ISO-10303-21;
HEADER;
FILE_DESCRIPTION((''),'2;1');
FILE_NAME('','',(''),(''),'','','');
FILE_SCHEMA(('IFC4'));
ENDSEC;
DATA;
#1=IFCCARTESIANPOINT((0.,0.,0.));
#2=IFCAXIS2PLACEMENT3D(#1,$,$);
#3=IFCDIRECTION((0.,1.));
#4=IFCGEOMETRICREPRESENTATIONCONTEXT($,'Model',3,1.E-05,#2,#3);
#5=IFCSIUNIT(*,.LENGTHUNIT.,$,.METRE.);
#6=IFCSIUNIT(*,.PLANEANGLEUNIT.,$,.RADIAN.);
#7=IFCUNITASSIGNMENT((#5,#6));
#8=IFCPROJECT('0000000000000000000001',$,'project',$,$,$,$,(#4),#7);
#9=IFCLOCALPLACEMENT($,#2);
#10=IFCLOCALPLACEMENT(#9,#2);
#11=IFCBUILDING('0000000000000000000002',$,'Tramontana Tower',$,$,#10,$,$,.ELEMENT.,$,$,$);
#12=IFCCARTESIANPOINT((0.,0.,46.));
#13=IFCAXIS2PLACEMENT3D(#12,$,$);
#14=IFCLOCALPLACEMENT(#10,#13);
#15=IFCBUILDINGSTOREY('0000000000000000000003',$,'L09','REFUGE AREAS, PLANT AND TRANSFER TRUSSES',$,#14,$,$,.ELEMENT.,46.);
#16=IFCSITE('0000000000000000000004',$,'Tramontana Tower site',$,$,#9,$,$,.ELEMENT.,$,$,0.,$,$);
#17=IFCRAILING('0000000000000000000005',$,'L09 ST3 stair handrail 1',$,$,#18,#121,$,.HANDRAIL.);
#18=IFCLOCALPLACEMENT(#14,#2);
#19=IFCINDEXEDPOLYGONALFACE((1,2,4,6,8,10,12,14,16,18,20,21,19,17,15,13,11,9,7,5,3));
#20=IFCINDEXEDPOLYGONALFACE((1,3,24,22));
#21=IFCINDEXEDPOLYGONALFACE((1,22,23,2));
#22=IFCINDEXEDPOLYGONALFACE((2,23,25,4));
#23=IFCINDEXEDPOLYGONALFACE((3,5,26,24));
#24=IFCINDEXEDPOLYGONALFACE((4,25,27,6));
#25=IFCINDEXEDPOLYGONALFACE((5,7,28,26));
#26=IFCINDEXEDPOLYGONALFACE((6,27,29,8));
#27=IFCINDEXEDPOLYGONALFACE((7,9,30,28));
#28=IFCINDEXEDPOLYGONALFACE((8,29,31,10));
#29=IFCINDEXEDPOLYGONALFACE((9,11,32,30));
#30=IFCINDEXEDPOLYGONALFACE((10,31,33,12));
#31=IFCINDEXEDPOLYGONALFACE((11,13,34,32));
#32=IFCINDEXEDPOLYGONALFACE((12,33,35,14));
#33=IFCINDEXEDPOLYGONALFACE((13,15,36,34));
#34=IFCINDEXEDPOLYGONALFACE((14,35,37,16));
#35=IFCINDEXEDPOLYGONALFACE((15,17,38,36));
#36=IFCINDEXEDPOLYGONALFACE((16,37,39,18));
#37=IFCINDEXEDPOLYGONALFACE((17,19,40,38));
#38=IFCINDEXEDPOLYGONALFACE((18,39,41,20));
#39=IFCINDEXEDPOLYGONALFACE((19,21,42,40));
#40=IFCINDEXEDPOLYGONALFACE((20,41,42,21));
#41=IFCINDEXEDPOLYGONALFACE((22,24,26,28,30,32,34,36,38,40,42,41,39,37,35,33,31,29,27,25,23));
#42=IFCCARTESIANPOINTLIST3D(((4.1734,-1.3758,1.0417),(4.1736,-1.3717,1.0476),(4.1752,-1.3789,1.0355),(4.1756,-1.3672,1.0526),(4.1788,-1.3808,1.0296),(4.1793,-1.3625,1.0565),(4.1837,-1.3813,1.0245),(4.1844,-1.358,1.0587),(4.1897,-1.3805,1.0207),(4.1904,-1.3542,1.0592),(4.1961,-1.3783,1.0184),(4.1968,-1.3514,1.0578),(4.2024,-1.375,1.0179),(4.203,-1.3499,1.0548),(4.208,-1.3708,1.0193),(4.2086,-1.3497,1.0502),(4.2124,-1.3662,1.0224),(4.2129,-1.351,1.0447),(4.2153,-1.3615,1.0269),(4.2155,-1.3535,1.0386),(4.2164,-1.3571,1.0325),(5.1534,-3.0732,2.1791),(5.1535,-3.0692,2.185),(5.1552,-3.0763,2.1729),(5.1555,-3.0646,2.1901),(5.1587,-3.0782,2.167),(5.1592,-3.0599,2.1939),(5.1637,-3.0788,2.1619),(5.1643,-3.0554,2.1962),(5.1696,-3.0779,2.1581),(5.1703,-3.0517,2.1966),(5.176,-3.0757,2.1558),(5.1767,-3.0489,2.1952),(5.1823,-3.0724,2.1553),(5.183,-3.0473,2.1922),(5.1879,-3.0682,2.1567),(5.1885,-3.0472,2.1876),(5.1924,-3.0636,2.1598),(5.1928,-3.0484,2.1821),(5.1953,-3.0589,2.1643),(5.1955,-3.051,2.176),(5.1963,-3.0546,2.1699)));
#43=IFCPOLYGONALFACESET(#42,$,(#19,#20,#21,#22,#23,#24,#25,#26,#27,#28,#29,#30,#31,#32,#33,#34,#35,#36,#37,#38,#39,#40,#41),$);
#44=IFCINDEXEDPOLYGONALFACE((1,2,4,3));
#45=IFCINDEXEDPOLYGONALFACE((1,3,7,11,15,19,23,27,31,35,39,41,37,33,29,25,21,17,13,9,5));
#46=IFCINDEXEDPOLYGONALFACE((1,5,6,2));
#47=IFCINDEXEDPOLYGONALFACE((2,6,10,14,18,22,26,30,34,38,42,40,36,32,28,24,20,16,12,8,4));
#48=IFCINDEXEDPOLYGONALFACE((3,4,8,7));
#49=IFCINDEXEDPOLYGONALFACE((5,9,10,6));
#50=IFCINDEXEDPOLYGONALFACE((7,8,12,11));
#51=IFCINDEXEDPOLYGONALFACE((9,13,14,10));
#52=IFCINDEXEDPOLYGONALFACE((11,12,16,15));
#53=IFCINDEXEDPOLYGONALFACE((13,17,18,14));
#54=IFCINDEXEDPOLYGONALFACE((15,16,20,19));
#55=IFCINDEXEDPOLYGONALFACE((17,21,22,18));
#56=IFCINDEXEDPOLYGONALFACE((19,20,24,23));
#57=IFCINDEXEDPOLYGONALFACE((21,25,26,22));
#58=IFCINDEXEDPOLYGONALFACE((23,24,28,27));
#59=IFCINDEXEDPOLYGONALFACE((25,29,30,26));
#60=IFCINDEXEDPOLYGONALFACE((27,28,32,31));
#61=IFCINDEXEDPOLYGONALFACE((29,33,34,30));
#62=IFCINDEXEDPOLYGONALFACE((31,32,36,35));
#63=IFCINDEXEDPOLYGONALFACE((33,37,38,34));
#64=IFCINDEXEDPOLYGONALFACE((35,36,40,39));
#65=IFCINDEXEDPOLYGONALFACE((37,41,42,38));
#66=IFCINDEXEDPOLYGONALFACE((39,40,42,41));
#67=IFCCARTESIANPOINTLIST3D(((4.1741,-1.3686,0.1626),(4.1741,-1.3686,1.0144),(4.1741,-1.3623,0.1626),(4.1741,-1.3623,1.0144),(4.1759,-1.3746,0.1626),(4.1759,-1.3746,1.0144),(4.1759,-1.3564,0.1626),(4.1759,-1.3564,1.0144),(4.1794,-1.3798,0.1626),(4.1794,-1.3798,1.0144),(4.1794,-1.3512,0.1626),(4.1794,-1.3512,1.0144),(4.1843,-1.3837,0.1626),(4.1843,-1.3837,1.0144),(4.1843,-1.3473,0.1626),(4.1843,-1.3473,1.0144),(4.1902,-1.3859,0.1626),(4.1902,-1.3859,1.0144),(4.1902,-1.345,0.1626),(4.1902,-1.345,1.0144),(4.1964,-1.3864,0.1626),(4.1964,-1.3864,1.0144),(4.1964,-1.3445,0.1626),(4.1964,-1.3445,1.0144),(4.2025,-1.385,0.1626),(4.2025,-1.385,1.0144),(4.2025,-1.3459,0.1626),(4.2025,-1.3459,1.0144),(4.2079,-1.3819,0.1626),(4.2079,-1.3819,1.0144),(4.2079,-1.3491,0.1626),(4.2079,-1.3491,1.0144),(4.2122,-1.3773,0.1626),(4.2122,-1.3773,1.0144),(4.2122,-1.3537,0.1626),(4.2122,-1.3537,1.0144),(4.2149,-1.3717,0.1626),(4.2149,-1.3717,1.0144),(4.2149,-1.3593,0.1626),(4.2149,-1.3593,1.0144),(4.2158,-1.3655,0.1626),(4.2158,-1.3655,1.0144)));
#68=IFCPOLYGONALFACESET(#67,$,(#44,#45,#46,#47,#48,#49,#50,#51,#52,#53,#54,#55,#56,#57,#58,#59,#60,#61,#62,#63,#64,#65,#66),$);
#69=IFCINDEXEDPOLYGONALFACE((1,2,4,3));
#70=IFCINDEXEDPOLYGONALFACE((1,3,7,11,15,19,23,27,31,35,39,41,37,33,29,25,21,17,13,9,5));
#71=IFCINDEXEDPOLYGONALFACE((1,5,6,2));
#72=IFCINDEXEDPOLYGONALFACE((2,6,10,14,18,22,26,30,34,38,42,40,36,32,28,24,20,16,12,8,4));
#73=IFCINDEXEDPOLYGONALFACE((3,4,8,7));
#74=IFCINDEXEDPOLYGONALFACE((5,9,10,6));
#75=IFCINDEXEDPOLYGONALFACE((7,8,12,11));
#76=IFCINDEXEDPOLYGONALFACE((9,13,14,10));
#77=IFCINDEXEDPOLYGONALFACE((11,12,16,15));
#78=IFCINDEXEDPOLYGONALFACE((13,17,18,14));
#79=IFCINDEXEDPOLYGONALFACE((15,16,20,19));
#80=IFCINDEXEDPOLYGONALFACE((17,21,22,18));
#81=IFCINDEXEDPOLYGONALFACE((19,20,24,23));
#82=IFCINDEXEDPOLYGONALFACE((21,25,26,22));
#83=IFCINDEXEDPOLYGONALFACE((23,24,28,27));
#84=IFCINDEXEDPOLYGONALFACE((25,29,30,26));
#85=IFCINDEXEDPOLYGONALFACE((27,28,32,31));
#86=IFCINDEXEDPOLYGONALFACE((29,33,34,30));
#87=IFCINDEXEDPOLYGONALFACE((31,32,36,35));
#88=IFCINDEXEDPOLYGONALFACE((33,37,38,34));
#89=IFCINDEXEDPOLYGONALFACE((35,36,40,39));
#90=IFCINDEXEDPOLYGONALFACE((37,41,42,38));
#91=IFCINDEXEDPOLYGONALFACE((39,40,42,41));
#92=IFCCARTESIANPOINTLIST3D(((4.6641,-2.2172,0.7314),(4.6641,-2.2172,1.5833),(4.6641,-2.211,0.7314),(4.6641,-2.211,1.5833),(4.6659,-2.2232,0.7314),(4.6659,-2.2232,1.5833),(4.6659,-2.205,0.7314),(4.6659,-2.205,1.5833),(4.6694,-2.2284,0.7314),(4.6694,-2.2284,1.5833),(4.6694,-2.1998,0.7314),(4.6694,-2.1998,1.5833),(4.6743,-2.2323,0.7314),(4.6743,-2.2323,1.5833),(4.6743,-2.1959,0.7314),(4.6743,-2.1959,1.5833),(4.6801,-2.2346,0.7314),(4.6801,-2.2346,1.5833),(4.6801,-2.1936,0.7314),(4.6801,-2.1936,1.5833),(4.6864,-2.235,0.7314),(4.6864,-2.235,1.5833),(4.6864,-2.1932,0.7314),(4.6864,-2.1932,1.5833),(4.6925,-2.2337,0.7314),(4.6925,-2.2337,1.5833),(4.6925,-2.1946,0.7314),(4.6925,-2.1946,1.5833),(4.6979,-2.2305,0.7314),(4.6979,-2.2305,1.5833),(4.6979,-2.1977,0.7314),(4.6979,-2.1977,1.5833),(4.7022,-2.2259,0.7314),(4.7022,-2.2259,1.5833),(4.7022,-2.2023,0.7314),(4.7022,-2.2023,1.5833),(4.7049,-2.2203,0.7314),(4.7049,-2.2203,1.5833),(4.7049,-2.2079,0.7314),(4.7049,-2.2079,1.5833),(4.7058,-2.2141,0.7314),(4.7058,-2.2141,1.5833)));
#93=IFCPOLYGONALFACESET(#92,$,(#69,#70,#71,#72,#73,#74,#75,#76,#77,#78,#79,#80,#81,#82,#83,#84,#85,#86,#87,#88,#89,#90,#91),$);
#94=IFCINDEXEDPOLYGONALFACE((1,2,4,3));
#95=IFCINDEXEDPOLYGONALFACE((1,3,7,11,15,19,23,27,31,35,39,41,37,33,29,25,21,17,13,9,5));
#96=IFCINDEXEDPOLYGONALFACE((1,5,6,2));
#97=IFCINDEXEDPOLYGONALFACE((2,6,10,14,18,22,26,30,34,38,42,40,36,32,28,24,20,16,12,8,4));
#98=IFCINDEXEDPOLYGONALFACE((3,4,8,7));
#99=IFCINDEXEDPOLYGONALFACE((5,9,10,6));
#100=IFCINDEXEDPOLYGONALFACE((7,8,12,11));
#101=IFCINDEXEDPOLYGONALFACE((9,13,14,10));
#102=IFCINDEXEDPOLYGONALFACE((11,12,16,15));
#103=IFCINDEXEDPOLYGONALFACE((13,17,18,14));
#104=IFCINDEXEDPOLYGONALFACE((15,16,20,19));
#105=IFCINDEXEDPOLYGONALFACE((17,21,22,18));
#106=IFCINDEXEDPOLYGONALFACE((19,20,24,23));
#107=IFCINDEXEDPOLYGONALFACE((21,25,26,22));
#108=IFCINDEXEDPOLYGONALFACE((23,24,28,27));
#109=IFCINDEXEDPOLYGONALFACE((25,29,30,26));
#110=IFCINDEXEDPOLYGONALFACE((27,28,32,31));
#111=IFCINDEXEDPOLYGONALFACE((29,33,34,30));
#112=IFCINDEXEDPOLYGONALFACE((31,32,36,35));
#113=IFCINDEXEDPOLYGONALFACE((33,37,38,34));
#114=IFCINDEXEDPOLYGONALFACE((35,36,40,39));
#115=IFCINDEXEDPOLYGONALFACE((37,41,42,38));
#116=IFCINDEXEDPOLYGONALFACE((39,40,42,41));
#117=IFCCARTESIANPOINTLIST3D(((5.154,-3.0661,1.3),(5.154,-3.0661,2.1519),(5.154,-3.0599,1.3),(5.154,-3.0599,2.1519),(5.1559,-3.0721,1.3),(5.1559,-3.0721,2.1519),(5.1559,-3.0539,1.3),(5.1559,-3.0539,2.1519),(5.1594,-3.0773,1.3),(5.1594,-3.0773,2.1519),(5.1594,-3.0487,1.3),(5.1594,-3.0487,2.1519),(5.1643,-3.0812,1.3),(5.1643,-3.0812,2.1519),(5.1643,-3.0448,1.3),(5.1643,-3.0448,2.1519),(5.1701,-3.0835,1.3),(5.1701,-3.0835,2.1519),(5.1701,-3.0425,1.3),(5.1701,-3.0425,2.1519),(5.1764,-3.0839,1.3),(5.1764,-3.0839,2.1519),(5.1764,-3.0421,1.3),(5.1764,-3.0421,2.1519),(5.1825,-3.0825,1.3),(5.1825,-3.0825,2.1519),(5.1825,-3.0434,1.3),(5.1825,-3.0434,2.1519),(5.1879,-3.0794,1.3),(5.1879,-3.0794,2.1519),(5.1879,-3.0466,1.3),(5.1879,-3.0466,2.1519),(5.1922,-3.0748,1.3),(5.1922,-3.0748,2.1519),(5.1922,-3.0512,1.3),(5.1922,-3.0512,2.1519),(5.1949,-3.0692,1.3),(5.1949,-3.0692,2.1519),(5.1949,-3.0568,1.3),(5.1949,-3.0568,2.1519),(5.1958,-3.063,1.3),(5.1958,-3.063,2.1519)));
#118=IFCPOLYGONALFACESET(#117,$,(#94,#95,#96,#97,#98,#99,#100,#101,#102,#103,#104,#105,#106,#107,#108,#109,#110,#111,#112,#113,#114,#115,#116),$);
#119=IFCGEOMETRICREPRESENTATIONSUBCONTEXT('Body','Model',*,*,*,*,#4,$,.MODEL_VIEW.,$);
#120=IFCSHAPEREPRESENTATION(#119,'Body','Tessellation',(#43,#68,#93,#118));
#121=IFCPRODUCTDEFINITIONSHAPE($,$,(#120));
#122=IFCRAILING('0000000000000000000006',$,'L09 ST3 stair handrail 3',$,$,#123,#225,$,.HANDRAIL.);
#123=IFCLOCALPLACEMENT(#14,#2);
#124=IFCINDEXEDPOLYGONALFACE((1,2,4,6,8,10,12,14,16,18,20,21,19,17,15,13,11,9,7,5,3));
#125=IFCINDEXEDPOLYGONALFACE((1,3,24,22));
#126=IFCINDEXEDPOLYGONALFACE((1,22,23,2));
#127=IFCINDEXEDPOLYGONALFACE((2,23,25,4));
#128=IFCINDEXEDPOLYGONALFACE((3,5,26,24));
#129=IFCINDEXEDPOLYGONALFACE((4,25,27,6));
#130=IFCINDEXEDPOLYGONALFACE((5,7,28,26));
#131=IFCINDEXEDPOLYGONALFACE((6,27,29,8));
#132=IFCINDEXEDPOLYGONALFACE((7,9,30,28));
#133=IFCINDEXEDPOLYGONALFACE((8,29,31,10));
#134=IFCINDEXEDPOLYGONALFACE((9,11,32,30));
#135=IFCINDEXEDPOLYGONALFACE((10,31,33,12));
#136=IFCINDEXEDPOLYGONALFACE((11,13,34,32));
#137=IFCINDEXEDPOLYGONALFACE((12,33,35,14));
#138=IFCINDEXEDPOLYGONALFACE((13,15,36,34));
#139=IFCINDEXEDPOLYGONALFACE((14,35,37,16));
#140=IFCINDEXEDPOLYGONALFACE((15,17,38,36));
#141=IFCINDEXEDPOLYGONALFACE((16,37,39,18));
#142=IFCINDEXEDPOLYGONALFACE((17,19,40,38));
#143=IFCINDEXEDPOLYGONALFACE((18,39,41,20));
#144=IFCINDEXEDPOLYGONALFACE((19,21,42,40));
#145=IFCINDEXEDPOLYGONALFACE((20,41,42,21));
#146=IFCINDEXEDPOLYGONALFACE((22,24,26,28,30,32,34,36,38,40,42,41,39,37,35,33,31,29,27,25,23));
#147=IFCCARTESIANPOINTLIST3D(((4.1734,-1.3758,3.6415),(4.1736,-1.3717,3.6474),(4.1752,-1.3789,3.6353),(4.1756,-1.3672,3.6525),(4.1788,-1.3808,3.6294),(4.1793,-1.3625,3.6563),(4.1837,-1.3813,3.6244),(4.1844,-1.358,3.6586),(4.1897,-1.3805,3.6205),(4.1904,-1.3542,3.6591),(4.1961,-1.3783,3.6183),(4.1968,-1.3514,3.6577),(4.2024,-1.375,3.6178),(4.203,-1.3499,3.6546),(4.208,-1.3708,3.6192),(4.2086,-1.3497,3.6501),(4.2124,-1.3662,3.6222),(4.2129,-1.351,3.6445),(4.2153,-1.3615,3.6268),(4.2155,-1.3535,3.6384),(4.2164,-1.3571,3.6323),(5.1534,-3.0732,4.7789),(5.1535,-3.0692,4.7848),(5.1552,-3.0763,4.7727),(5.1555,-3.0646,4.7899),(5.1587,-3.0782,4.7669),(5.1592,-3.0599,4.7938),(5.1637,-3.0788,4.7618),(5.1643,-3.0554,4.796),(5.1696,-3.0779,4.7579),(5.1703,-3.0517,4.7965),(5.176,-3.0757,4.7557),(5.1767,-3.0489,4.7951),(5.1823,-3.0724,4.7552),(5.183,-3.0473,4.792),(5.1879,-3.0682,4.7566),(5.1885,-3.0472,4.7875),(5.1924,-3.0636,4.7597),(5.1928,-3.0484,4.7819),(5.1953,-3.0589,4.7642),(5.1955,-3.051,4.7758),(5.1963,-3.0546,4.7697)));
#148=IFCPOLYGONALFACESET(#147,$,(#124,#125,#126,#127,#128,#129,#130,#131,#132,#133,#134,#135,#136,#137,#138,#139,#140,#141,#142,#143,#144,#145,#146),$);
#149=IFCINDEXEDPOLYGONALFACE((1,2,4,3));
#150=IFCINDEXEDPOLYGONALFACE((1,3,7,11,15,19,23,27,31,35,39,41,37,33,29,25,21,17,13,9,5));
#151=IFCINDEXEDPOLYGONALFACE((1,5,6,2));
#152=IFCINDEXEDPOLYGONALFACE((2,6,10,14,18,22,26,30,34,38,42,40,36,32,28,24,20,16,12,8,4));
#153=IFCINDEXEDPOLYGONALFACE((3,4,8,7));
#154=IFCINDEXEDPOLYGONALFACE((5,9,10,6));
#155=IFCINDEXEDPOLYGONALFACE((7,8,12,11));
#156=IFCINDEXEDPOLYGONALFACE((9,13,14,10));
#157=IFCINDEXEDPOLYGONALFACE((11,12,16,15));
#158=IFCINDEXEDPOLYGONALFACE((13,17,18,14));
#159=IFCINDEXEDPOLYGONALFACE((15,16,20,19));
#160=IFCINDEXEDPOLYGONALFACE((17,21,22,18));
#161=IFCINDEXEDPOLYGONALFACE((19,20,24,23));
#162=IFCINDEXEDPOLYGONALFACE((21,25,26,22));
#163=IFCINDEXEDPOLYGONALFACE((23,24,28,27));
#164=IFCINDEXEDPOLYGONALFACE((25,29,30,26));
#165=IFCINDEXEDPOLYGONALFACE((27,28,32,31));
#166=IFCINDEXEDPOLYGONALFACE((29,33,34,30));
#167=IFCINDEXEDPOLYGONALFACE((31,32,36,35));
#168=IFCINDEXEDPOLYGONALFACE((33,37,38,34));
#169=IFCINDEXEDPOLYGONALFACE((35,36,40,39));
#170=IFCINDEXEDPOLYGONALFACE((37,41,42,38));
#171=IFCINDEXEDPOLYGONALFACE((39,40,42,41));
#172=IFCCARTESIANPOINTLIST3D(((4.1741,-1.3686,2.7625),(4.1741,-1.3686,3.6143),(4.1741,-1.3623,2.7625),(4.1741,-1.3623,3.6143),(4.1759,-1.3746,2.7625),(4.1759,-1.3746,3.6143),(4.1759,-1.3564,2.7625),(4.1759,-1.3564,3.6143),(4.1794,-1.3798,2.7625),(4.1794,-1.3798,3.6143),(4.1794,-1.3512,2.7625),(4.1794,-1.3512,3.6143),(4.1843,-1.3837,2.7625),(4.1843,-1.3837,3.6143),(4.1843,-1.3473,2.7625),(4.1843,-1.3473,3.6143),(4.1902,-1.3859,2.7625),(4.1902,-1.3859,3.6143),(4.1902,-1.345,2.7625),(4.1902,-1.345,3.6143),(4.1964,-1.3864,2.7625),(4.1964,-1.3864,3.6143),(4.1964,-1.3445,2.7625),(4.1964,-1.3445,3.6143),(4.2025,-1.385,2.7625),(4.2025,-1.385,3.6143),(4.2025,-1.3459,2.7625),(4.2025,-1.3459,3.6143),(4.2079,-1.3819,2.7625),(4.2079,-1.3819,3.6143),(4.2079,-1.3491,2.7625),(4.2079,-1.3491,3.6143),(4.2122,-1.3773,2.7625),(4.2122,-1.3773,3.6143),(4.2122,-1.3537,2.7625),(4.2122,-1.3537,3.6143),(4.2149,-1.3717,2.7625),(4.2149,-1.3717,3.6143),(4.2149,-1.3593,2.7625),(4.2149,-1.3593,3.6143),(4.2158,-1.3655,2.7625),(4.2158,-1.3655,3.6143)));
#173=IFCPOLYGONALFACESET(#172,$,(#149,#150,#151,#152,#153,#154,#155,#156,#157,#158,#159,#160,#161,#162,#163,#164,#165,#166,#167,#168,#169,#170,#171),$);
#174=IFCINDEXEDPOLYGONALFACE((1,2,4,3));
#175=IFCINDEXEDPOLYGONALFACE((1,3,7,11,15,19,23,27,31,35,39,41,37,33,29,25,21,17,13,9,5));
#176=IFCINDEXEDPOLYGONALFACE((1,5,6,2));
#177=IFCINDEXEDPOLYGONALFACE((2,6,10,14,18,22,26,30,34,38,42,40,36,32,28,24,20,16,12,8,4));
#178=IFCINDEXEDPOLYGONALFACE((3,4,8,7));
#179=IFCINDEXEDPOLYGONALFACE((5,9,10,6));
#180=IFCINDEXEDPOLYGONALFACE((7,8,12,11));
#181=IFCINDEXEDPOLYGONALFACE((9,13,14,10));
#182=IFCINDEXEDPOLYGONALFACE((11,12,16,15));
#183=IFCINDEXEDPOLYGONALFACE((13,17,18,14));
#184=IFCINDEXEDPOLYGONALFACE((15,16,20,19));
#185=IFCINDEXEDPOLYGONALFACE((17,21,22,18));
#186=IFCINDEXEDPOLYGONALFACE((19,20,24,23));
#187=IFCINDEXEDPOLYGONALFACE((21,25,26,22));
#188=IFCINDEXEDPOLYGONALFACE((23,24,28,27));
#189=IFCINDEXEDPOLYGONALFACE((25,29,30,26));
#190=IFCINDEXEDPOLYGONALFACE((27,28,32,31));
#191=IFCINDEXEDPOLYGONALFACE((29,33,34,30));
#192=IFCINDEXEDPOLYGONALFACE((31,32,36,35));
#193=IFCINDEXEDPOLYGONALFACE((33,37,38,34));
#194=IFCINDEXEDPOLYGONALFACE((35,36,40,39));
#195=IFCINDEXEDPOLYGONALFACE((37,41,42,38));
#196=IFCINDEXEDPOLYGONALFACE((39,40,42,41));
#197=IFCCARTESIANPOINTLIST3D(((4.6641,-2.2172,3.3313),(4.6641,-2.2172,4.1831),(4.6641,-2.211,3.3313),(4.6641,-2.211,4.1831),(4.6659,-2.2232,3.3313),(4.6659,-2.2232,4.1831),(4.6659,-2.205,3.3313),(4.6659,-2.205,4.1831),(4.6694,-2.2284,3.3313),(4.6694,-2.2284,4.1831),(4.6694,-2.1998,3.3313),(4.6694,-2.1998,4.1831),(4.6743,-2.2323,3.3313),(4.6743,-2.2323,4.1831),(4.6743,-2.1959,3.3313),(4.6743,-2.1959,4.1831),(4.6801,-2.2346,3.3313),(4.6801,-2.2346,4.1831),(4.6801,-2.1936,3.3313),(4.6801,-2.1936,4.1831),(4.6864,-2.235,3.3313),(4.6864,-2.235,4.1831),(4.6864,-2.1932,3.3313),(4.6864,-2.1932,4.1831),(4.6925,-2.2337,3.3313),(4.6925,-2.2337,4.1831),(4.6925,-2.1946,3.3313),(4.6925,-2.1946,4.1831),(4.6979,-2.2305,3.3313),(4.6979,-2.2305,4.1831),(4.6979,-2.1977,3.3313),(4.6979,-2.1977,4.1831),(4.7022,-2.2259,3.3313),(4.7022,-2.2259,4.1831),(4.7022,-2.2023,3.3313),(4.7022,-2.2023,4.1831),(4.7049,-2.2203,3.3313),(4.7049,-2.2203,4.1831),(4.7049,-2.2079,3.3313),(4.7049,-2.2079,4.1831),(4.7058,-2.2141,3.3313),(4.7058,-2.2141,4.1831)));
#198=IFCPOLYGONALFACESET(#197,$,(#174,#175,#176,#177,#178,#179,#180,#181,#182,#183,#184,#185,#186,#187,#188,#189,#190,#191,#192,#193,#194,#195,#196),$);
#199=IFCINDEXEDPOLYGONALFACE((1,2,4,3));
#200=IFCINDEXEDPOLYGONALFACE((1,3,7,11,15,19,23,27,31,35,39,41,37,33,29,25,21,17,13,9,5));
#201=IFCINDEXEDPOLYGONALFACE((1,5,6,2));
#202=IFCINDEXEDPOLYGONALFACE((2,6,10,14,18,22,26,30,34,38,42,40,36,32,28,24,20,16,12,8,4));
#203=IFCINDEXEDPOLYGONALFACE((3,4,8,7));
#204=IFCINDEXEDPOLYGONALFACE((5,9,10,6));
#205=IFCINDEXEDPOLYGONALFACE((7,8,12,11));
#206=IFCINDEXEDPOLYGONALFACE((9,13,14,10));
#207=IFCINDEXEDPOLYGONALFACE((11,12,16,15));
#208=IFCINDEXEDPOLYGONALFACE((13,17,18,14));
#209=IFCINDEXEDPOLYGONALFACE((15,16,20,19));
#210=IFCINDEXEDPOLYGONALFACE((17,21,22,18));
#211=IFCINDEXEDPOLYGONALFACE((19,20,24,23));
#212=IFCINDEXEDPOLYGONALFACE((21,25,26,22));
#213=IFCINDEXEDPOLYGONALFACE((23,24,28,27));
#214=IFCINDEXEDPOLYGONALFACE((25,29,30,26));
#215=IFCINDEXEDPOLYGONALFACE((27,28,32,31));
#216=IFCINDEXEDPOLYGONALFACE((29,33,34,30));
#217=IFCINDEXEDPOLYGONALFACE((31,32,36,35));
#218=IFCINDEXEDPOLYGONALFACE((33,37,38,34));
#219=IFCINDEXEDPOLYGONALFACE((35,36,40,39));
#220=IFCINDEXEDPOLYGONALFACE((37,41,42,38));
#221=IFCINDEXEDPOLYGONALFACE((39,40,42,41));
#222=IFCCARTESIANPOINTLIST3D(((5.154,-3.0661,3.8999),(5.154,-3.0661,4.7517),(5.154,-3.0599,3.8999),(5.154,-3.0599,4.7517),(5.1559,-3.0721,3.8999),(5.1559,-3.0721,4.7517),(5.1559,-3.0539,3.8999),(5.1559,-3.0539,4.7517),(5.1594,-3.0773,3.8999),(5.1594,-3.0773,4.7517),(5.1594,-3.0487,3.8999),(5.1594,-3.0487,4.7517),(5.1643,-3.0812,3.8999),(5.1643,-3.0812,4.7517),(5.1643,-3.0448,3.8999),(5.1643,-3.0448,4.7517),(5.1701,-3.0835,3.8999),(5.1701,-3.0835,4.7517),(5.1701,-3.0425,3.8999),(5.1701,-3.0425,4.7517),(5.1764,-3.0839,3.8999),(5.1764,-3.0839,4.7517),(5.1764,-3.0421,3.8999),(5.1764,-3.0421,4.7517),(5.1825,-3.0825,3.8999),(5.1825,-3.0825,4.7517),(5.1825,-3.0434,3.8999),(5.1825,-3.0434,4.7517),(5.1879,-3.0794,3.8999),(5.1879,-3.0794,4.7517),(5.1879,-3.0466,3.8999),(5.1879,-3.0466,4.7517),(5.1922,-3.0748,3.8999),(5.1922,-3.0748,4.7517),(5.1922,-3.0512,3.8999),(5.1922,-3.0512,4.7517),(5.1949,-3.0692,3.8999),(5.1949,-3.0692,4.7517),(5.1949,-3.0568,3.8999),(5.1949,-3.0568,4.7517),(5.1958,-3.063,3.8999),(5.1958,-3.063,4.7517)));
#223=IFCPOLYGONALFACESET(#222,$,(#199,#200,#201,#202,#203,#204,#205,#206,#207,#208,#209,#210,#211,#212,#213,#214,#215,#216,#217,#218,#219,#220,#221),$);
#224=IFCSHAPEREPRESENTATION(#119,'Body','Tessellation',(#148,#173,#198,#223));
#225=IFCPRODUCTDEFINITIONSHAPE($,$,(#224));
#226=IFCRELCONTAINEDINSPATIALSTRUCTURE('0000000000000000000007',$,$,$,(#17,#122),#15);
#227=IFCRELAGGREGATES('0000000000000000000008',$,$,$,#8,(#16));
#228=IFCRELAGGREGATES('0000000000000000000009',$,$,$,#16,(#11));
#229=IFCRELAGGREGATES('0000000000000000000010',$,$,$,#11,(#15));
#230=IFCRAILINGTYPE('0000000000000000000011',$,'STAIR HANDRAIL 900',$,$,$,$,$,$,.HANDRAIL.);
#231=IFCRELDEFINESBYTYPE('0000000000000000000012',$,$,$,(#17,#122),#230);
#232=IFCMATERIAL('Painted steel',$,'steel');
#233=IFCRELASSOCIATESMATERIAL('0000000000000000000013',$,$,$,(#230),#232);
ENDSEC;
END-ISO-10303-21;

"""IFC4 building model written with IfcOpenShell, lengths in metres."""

from ifc_helpers import new_model, si_unit, direction, frame, origin, origin_2d, place, context, subcontext, project, spatial, circle, extrude, material, type_object, element, save


model = new_model("IFC4")

# Units and contexts
model_context = context("Model", 3, precision=1e-05, world=origin(), true_north=direction((0.0, 1.0)))
body_context = subcontext(model_context, "Body", "Model", "MODEL_VIEW")
ifc_project = project(units=[si_unit("LENGTHUNIT", "METRE"), si_unit("PLANEANGLEUNIT", "RADIAN")], contexts=[model_context])

# Site, building, storey
site_placement = place(None, origin())
site = spatial("IfcSite", under=ifc_project, at=site_placement, Name="Tramontana Tower site", CompositionType="ELEMENT", RefElevation=0.0)
building_placement = place(site_placement, origin())
building = spatial("IfcBuilding", under=site, at=building_placement, Name="Tramontana Tower", CompositionType="ELEMENT")
storey_placement = place(building_placement, frame((0.0, 0.0, 46.0)))
storey = spatial("IfcBuildingStorey", under=building, at=storey_placement, Name="L09", Description="REFUGE AREAS, PLANT AND TRANSFER TRUSSES", CompositionType="ELEMENT", Elevation=46.0)

# Railings
ifc_material_1 = material(Name="Painted steel", Category="steel")
railing_type = type_object("IfcRailingType", Name="STAIR HANDRAIL 900", PredefinedType="HANDRAIL", material=ifc_material_1)
for number, where, name in (
    (1, (4.1948, -1.3655, 0.1626), "L09 ST3 stair handrail 1"),
    (2, (4.1948, -1.3655, 2.7625), "L09 ST3 stair handrail 3"),
):
    element("IfcRailing", number, at=place(storey_placement, frame(where)), inside=storey, type_object=railing_type, Name=name, PredefinedType="HANDRAIL", context=body_context, shape_type="SweptSolid", body=[
        extrude(circle(Radius=0.0239, at=origin_2d()), frame((0.0, 0.0, 0.876), z_axis=(0.432432, -0.749053, 0.501918), x_axis=(0.866042, 0.49997, 0.0)), (0.0, 0.0, 1.0), 2.2661),
        extrude(circle(Radius=0.021, at=origin_2d()), origin(), (0.0, 0.0, 1.0), 0.8518),
        extrude(circle(Radius=0.021, at=origin_2d()), frame((0.49, -0.8486, 0.5688)), (0.0, 0.0, 1.0), 0.8518),
        extrude(circle(Radius=0.021, at=origin_2d()), frame((0.98, -1.6975, 1.1375)), (0.0, 0.0, 1.0), 0.8518),
    ])

save(model, "model.ifc")
